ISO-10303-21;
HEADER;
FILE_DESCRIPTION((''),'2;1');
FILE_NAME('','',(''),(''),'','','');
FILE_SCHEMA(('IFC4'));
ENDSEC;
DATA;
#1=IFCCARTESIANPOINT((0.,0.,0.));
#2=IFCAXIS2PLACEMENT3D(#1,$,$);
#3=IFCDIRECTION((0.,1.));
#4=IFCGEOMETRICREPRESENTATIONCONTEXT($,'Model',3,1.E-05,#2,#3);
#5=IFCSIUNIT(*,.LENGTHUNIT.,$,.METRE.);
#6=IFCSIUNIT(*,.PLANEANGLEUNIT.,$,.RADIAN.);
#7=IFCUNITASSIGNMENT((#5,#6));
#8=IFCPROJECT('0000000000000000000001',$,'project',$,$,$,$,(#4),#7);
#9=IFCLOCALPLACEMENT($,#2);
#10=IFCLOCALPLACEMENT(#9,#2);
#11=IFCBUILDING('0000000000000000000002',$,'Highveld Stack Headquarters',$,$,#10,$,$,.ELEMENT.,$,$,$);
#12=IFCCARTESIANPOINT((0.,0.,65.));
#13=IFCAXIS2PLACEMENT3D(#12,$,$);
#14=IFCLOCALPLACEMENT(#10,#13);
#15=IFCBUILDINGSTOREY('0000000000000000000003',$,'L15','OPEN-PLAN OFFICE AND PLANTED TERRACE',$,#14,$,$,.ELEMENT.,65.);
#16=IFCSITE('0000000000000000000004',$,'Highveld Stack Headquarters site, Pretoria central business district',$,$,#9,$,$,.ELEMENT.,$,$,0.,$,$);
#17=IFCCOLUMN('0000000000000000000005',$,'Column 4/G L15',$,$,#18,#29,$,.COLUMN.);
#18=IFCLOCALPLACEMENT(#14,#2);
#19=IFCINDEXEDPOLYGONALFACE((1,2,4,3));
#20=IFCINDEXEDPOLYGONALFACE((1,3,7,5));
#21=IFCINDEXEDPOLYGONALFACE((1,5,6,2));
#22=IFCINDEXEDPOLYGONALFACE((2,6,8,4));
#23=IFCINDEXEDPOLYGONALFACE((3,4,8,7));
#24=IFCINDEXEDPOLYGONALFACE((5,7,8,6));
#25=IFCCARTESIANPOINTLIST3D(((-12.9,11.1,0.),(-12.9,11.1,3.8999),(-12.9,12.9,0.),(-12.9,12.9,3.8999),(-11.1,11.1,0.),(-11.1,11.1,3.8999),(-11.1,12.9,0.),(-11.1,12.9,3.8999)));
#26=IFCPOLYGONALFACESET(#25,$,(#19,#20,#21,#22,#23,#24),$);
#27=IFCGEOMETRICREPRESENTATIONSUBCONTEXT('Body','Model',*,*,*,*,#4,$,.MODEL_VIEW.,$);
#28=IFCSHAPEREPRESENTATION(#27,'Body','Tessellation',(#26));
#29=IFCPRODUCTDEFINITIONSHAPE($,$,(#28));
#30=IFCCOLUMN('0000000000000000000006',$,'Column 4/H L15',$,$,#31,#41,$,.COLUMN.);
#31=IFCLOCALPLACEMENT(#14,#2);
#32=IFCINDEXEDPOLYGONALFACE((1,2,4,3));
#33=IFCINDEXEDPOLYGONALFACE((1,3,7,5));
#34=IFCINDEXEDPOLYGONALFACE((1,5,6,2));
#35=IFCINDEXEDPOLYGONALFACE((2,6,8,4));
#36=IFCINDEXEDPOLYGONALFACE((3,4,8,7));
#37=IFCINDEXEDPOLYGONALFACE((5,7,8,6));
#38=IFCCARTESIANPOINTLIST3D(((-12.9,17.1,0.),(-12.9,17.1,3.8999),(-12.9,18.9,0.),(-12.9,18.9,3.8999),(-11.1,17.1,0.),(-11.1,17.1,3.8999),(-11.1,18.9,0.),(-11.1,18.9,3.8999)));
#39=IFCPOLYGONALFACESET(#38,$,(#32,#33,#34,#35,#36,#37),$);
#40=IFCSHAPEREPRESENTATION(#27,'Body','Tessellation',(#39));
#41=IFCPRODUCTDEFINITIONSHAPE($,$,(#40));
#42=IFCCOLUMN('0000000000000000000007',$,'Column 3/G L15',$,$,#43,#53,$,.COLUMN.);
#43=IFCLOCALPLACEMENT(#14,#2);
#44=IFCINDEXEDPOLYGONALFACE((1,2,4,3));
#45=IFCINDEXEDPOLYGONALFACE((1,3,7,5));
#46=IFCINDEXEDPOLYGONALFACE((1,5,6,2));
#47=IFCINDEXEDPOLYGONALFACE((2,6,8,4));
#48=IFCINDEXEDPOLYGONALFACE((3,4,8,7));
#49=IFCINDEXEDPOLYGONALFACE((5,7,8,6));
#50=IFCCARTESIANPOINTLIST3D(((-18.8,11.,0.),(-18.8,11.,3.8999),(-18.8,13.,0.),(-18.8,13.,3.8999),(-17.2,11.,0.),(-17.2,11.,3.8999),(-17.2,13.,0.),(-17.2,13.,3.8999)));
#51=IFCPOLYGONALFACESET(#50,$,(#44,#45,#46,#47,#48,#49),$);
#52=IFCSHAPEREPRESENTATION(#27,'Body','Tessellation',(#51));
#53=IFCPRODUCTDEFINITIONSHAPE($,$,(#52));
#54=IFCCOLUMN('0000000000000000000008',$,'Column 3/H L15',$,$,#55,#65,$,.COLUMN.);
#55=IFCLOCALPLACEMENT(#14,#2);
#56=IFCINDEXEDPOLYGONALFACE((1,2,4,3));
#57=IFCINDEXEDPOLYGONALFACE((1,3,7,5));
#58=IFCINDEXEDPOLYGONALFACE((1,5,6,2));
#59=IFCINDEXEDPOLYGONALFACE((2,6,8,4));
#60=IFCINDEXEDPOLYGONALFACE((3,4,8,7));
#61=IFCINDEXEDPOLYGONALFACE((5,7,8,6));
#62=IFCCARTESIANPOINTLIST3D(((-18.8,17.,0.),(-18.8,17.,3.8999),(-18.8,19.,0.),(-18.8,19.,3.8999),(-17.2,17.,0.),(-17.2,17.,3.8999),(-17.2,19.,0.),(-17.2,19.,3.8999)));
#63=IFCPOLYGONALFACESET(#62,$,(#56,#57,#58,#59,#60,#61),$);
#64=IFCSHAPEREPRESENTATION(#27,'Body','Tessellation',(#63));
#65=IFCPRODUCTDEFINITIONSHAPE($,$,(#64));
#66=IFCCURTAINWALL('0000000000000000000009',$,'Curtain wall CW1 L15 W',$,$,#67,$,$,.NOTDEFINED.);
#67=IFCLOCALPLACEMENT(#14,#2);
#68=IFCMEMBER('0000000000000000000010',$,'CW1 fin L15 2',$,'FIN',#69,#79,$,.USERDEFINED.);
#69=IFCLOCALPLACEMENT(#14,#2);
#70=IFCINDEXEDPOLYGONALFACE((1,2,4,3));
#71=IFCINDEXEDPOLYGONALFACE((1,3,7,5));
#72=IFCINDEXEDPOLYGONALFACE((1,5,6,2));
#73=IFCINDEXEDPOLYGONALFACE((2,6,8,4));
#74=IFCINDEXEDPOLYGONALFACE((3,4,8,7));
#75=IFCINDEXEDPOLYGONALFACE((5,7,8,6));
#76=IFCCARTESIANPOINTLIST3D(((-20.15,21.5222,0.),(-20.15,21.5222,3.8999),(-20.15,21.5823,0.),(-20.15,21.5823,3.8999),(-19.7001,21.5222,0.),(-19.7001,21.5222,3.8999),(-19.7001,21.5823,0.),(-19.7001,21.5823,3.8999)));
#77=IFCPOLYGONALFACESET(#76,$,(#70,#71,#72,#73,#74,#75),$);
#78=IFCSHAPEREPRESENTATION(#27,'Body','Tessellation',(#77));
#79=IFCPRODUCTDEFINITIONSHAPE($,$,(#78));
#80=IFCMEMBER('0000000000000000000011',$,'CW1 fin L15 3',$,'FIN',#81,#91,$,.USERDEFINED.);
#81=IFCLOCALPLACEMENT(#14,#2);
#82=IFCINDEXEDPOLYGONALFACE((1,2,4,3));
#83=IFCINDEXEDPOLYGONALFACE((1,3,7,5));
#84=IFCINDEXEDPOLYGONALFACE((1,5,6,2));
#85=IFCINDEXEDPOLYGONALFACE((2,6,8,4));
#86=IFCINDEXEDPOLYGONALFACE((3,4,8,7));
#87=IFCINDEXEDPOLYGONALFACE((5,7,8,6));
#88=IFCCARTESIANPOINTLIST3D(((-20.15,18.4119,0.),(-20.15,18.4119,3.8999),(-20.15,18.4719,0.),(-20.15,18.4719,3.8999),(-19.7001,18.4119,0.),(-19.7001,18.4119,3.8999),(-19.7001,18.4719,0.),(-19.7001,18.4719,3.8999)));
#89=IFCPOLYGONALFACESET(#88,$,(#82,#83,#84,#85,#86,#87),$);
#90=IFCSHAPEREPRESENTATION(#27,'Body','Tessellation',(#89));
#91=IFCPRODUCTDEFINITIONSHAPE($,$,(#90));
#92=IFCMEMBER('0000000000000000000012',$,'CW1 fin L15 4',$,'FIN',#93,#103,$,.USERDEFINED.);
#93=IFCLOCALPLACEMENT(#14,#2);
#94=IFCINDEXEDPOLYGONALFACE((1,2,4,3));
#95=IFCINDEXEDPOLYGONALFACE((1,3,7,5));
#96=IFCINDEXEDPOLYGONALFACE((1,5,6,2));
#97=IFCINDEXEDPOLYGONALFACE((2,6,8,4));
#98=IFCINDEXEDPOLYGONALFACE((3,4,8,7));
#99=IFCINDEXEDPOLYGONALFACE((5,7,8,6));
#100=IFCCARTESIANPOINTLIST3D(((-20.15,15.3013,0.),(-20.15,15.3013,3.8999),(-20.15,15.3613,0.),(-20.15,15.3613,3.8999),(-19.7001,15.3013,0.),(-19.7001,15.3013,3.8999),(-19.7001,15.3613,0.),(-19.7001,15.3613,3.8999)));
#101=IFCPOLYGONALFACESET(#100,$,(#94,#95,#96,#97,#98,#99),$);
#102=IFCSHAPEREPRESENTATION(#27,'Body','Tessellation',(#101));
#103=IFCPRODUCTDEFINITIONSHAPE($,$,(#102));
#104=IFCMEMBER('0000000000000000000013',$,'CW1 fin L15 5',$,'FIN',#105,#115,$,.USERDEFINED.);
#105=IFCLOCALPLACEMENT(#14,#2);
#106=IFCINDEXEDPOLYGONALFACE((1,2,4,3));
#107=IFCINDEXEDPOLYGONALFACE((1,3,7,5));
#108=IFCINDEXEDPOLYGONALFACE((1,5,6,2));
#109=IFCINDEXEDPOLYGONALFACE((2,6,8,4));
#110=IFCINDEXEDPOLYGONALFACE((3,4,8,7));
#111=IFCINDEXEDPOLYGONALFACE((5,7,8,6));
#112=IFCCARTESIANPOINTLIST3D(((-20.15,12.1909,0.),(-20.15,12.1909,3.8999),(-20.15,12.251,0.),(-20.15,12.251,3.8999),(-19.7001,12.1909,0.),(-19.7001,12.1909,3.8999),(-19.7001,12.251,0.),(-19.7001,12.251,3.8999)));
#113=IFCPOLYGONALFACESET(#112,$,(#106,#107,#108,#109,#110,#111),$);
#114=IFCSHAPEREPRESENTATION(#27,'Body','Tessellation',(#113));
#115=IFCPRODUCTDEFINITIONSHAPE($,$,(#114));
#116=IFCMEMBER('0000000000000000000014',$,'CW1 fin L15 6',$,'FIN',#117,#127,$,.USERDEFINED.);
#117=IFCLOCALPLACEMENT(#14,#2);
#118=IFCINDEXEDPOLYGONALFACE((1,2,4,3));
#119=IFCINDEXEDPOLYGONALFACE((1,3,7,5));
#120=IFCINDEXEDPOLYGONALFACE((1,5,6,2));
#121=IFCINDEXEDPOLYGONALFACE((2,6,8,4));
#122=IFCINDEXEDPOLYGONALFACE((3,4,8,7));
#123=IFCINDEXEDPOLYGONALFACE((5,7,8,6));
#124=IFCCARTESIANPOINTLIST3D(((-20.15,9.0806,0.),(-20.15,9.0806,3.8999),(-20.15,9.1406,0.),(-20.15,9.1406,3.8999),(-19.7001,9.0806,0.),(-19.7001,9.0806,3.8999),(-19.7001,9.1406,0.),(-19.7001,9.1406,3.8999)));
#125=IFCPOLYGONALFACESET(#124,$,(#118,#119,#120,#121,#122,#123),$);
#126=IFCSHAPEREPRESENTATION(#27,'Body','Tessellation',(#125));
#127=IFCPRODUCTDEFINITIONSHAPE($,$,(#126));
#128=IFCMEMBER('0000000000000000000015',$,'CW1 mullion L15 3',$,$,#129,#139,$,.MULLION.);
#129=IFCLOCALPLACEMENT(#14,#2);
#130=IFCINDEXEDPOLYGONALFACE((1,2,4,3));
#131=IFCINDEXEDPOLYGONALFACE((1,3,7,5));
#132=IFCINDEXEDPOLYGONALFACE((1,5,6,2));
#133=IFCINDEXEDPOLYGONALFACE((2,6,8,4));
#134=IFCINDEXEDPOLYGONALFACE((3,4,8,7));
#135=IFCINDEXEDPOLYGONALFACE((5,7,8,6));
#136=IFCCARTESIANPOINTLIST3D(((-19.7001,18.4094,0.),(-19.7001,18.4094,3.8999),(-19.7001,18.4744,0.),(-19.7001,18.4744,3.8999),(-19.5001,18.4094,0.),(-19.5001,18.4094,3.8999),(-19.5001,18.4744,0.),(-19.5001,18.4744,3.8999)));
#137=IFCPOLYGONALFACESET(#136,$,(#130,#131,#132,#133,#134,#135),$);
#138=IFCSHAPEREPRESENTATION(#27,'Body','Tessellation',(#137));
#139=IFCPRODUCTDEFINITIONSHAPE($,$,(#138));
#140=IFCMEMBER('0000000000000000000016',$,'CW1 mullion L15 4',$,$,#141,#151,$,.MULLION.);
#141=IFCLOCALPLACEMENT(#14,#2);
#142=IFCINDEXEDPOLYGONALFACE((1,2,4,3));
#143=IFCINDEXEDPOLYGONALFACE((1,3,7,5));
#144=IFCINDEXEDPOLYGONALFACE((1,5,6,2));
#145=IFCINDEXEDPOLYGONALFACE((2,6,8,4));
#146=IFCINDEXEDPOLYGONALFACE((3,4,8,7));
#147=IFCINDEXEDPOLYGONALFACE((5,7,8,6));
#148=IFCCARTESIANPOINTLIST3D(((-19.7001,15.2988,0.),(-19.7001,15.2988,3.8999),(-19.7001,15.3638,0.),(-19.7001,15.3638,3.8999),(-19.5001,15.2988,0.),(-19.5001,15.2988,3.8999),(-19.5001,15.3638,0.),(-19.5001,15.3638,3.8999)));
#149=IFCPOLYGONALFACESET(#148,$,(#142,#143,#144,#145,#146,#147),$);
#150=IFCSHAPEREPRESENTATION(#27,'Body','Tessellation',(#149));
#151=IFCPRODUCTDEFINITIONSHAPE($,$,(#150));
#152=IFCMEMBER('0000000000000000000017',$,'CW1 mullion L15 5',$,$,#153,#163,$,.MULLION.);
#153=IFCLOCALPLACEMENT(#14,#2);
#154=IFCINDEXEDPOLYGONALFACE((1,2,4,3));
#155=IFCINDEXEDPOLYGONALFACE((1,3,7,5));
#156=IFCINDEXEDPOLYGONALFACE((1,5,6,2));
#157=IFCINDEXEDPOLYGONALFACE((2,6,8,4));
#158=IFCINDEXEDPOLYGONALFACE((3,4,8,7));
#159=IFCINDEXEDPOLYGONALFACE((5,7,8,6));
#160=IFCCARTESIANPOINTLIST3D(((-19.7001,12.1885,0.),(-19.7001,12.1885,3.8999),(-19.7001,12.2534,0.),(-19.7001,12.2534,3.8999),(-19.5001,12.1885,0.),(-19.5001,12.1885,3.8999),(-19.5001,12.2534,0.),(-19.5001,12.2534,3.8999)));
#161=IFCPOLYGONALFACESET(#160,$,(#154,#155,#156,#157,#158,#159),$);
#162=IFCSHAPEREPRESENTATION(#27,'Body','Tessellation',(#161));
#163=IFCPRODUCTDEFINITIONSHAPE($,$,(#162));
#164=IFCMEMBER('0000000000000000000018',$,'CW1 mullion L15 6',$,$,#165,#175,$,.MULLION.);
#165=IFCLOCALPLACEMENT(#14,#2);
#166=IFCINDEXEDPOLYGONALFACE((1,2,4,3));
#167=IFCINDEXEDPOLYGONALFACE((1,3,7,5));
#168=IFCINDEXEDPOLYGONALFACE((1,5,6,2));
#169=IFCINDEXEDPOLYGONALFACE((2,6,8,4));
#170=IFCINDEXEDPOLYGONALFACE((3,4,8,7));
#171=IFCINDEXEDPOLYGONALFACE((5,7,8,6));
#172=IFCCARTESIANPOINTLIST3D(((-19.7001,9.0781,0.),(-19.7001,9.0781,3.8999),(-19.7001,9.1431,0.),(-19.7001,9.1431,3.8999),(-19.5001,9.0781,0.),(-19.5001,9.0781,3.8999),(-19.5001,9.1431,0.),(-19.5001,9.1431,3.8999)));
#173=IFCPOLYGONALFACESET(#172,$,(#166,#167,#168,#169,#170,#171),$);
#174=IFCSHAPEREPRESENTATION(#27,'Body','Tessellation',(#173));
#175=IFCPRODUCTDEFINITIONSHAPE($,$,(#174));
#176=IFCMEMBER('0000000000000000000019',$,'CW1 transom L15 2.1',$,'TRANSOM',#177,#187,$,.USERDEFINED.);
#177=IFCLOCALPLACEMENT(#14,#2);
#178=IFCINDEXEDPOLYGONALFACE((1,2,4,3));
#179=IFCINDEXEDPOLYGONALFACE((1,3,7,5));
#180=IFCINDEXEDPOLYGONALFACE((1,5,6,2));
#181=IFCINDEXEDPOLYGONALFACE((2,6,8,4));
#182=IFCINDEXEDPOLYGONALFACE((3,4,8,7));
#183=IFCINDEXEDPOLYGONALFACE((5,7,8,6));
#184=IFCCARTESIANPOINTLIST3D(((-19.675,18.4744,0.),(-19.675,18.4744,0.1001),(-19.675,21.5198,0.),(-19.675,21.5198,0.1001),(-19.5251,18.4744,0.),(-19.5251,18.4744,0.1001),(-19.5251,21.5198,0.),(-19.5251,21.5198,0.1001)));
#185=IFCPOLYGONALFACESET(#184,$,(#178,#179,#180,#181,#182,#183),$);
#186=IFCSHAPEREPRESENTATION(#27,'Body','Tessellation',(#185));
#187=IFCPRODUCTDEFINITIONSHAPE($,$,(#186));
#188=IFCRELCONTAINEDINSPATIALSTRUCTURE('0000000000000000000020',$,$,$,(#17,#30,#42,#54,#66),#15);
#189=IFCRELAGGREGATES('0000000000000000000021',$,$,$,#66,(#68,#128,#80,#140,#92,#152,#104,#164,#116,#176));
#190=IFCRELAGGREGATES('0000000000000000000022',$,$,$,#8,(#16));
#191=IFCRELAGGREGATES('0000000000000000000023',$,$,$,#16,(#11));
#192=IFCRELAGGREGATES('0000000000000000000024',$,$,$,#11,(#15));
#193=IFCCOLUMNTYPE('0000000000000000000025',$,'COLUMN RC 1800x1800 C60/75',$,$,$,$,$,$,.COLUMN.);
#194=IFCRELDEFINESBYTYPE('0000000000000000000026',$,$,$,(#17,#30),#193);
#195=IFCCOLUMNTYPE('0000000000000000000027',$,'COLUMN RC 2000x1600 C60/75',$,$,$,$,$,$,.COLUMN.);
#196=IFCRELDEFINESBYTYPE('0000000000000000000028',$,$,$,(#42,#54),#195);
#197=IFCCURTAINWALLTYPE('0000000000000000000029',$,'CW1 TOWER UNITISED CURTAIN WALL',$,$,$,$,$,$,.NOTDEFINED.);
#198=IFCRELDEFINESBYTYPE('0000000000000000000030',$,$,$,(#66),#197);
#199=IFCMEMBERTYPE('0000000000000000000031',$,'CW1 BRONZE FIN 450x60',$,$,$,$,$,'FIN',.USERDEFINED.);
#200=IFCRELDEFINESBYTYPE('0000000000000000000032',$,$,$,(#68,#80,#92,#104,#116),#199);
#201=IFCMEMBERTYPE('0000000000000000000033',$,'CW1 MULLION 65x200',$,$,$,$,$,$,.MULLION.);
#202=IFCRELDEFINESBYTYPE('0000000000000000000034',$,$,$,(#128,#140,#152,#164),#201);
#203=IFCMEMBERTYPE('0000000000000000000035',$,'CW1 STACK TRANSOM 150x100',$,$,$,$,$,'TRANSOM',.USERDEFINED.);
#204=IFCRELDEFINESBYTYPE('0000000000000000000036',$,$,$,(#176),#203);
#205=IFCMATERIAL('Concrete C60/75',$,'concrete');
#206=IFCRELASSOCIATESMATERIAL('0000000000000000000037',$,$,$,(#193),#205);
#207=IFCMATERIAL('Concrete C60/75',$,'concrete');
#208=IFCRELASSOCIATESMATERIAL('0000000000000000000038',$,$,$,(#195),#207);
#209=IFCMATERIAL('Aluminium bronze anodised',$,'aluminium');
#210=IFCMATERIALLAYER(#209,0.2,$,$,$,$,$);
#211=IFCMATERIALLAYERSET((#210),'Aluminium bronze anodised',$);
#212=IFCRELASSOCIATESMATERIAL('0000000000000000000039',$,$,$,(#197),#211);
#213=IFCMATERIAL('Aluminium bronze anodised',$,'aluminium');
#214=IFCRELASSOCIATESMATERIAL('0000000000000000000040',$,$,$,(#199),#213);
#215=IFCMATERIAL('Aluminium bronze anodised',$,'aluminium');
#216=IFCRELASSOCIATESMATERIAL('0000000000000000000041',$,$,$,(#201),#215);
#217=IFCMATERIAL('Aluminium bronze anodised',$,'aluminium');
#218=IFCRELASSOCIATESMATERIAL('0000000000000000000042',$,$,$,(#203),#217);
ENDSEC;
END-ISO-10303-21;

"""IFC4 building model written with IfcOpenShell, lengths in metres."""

from ifc_helpers import new_model, si_unit, direction, frame, origin, origin_2d, place, context, subcontext, project, spatial, rectangle, extrude, material, layer, layer_set, material_profile, profile_set, type_object, element, aggregate, save


model = new_model("IFC4")

# Units and contexts
model_context = context("Model", 3, precision=1e-05, world=origin(), true_north=direction((0.0, 1.0)))
body_context = subcontext(model_context, "Body", "Model", "MODEL_VIEW")
ifc_project = project(units=[si_unit("LENGTHUNIT", "METRE"), si_unit("PLANEANGLEUNIT", "RADIAN")], contexts=[model_context])

# Site, building, storey
site_placement = place(None, origin())
site = spatial("IfcSite", under=ifc_project, at=site_placement, Name="Highveld Stack Headquarters site, Pretoria central business district", CompositionType="ELEMENT", RefElevation=0.0)
building_placement = place(site_placement, origin())
building = spatial("IfcBuilding", under=site, at=building_placement, Name="Highveld Stack Headquarters", CompositionType="ELEMENT")
storey_placement = place(building_placement, frame((0.0, 0.0, 65.0)))
storey = spatial("IfcBuildingStorey", under=building, at=storey_placement, Name="L15", Description="OPEN-PLAN OFFICE AND PLANTED TERRACE", CompositionType="ELEMENT", Elevation=65.0)

# Columns
ifc_material_1 = material(Name="Concrete C60/75", Category="concrete")
ifc_material_profile_1 = material_profile(ifc_material_1, rectangle(XDim=1.8, YDim=1.8, at=origin_2d()), Name="RC 1800x1800")
ifc_profile_set_1 = profile_set([ifc_material_profile_1], Name="Concrete C60/75")
column_type_1 = type_object("IfcColumnType", Name="COLUMN RC 1800x1800 C60/75", PredefinedType="COLUMN", material=ifc_profile_set_1)
for number, where, z_axis, x_axis, name in (
    (1, (-12.0, 12.0, 0.0), (0.0, 0.0, 1.0), (1.0, 0.0, 0.0), "Column 4/G L15"),
    (2, (-12.0, 18.0, 0.0), (0.0, 0.0, 1.0), (1.0, 0.0, 0.0), "Column 4/H L15"),
):
    element("IfcColumn", number, at=place(storey_placement, frame(where, z_axis=z_axis, x_axis=x_axis)), inside=storey, type_object=column_type_1, Name=name, PredefinedType="COLUMN", context=body_context, shape_type="SweptSolid", body=[
        extrude(rectangle(XDim=1.8, YDim=1.8, at=origin_2d()), origin(), (0.0, 0.0, 1.0), 3.8999),
    ])
ifc_material_2 = material(Name="Concrete C60/75", Category="concrete")
ifc_material_profile_2 = material_profile(ifc_material_2, rectangle(XDim=2.0, YDim=1.6001, at=origin_2d()), Name="RC 2000x1600")
ifc_profile_set_2 = profile_set([ifc_material_profile_2], Name="Concrete C60/75")
column_type_2 = type_object("IfcColumnType", Name="COLUMN RC 2000x1600 C60/75", PredefinedType="COLUMN", material=ifc_profile_set_2)
for number, where, z_axis, x_axis, name in (
    (3, (-18.0, 12.0, 0.0), (0.0, 0.0, 1.0), (0.0, 1.0, 0.0), "Column 3/G L15"),
    (4, (-18.0, 18.0, 0.0), (0.0, 0.0, 1.0), (0.0, 1.0, 0.0), "Column 3/H L15"),
):
    element("IfcColumn", number, at=place(storey_placement, frame(where, z_axis=z_axis, x_axis=x_axis)), inside=storey, type_object=column_type_2, Name=name, PredefinedType="COLUMN", context=body_context, shape_type="SweptSolid", body=[
        extrude(rectangle(XDim=2.0, YDim=1.6001, at=origin_2d()), origin(), (0.0, 0.0, 1.0), 3.8999),
    ])

# Curtain wall, members
ifc_material_3 = material(Name="Aluminium bronze anodised", Category="aluminium")
ifc_layer_1 = layer(ifc_material_3, 0.2)
ifc_layer_set_1 = layer_set([ifc_layer_1], Name="Aluminium bronze anodised")
curtain_wall_type = type_object("IfcCurtainWallType", Name="CW1 TOWER UNITISED CURTAIN WALL", PredefinedType="NOTDEFINED", material=ifc_layer_set_1)
curtain_wall_placement = place(storey_placement, origin())
curtain_wall = element("IfcCurtainWall", 5, at=curtain_wall_placement, inside=storey, type_object=curtain_wall_type, Name="Curtain wall CW1 L15 W", PredefinedType="NOTDEFINED")
ifc_material_4 = material(Name="Aluminium bronze anodised", Category="aluminium")
ifc_material_profile_3 = material_profile(ifc_material_4, rectangle(XDim=0.45, YDim=0.0601, at=origin_2d()), Name="FIN 450x60")
ifc_profile_set_3 = profile_set([ifc_material_profile_3], Name="Aluminium bronze anodised")
member_type_1 = type_object("IfcMemberType", Name="CW1 BRONZE FIN 450x60", ElementType="FIN", PredefinedType="USERDEFINED", material=ifc_profile_set_3)
member_1_placement = place(storey_placement, frame((-19.925, 21.5522, 0.0), z_axis=(0.0, 0.0, 1.0), x_axis=(1.0, 0.0, 0.0)))
member_1 = element("IfcMember", 6, at=member_1_placement, type_object=member_type_1, Name="CW1 fin L15 2", ObjectType="FIN", PredefinedType="USERDEFINED", context=body_context, shape_type="SweptSolid", body=[
    extrude(rectangle(XDim=0.45, YDim=0.0601, at=origin_2d()), origin(), (0.0, 0.0, 1.0), 3.8999),
])
member_2_placement = place(storey_placement, frame((-19.925, 18.4419, 0.0), z_axis=(0.0, 0.0, 1.0), x_axis=(1.0, 0.0, 0.0)))
member_2 = element("IfcMember", 7, at=member_2_placement, type_object=member_type_1, Name="CW1 fin L15 3", ObjectType="FIN", PredefinedType="USERDEFINED", context=body_context, shape_type="SweptSolid", body=[
    extrude(rectangle(XDim=0.45, YDim=0.0601, at=origin_2d()), origin(), (0.0, 0.0, 1.0), 3.8999),
])
member_3_placement = place(storey_placement, frame((-19.925, 15.3313, 0.0), z_axis=(0.0, 0.0, 1.0), x_axis=(1.0, 0.0, 0.0)))
member_3 = element("IfcMember", 8, at=member_3_placement, type_object=member_type_1, Name="CW1 fin L15 4", ObjectType="FIN", PredefinedType="USERDEFINED", context=body_context, shape_type="SweptSolid", body=[
    extrude(rectangle(XDim=0.45, YDim=0.0601, at=origin_2d()), origin(), (0.0, 0.0, 1.0), 3.8999),
])
member_4_placement = place(storey_placement, frame((-19.925, 12.2209, 0.0), z_axis=(0.0, 0.0, 1.0), x_axis=(1.0, 0.0, 0.0)))
member_4 = element("IfcMember", 9, at=member_4_placement, type_object=member_type_1, Name="CW1 fin L15 5", ObjectType="FIN", PredefinedType="USERDEFINED", context=body_context, shape_type="SweptSolid", body=[
    extrude(rectangle(XDim=0.45, YDim=0.0601, at=origin_2d()), origin(), (0.0, 0.0, 1.0), 3.8999),
])
member_5_placement = place(storey_placement, frame((-19.925, 9.1106, 0.0), z_axis=(0.0, 0.0, 1.0), x_axis=(1.0, 0.0, 0.0)))
member_5 = element("IfcMember", 10, at=member_5_placement, type_object=member_type_1, Name="CW1 fin L15 6", ObjectType="FIN", PredefinedType="USERDEFINED", context=body_context, shape_type="SweptSolid", body=[
    extrude(rectangle(XDim=0.45, YDim=0.0601, at=origin_2d()), origin(), (0.0, 0.0, 1.0), 3.8999),
])
ifc_material_5 = material(Name="Aluminium bronze anodised", Category="aluminium")
ifc_material_profile_4 = material_profile(ifc_material_5, rectangle(XDim=0.2, YDim=0.0649, at=origin_2d()), Name="CW1 MULLION 65x200")
ifc_profile_set_4 = profile_set([ifc_material_profile_4], Name="Aluminium bronze anodised")
member_type_2 = type_object("IfcMemberType", Name="CW1 MULLION 65x200", PredefinedType="MULLION", material=ifc_profile_set_4)
member_6_placement = place(storey_placement, frame((-19.6001, 18.4419, 0.0), z_axis=(0.0, 0.0, 1.0), x_axis=(1.0, 0.0, 0.0)))
member_6 = element("IfcMember", 11, at=member_6_placement, type_object=member_type_2, Name="CW1 mullion L15 3", PredefinedType="MULLION", context=body_context, shape_type="SweptSolid", body=[
    extrude(rectangle(XDim=0.2, YDim=0.0649, at=origin_2d()), origin(), (0.0, 0.0, 1.0), 3.8999),
])
member_7_placement = place(storey_placement, frame((-19.6001, 15.3313, 0.0), z_axis=(0.0, 0.0, 1.0), x_axis=(1.0, 0.0, 0.0)))
member_7 = element("IfcMember", 12, at=member_7_placement, type_object=member_type_2, Name="CW1 mullion L15 4", PredefinedType="MULLION", context=body_context, shape_type="SweptSolid", body=[
    extrude(rectangle(XDim=0.2, YDim=0.0649, at=origin_2d()), origin(), (0.0, 0.0, 1.0), 3.8999),
])
member_8_placement = place(storey_placement, frame((-19.6001, 12.2209, 0.0), z_axis=(0.0, 0.0, 1.0), x_axis=(1.0, 0.0, 0.0)))
member_8 = element("IfcMember", 13, at=member_8_placement, type_object=member_type_2, Name="CW1 mullion L15 5", PredefinedType="MULLION", context=body_context, shape_type="SweptSolid", body=[
    extrude(rectangle(XDim=0.2, YDim=0.0649, at=origin_2d()), origin(), (0.0, 0.0, 1.0), 3.8999),
])
member_9_placement = place(storey_placement, frame((-19.6001, 9.1106, 0.0), z_axis=(0.0, 0.0, 1.0), x_axis=(1.0, 0.0, 0.0)))
member_9 = element("IfcMember", 14, at=member_9_placement, type_object=member_type_2, Name="CW1 mullion L15 6", PredefinedType="MULLION", context=body_context, shape_type="SweptSolid", body=[
    extrude(rectangle(XDim=0.2, YDim=0.0649, at=origin_2d()), origin(), (0.0, 0.0, 1.0), 3.8999),
])
ifc_material_6 = material(Name="Aluminium bronze anodised", Category="aluminium")
ifc_material_profile_5 = material_profile(ifc_material_6, rectangle(XDim=0.1499, YDim=0.1001, at=origin_2d()), Name="CW1 TRANSOM 150x100")
ifc_profile_set_5 = profile_set([ifc_material_profile_5], Name="Aluminium bronze anodised")
member_type_3 = type_object("IfcMemberType", Name="CW1 STACK TRANSOM 150x100", ElementType="TRANSOM", PredefinedType="USERDEFINED", material=ifc_profile_set_5)
member_10_placement = place(storey_placement, frame((-19.6001, 21.5198, 0.05), z_axis=(0.0, -1.0, 0.0), x_axis=(1.0, 0.0, 0.0)))
member_10 = element("IfcMember", 15, at=member_10_placement, type_object=member_type_3, Name="CW1 transom L15 2.1", ObjectType="TRANSOM", PredefinedType="USERDEFINED", context=body_context, shape_type="SweptSolid", body=[
    extrude(rectangle(XDim=0.1499, YDim=0.1001, at=origin_2d()), origin(), (0.0, 0.0, 1.0), 3.0454),
])
aggregate(curtain_wall, [member_1, member_6, member_2, member_7, member_3, member_8, member_4, member_9, member_5, member_10])

save(model, "model.ifc")
